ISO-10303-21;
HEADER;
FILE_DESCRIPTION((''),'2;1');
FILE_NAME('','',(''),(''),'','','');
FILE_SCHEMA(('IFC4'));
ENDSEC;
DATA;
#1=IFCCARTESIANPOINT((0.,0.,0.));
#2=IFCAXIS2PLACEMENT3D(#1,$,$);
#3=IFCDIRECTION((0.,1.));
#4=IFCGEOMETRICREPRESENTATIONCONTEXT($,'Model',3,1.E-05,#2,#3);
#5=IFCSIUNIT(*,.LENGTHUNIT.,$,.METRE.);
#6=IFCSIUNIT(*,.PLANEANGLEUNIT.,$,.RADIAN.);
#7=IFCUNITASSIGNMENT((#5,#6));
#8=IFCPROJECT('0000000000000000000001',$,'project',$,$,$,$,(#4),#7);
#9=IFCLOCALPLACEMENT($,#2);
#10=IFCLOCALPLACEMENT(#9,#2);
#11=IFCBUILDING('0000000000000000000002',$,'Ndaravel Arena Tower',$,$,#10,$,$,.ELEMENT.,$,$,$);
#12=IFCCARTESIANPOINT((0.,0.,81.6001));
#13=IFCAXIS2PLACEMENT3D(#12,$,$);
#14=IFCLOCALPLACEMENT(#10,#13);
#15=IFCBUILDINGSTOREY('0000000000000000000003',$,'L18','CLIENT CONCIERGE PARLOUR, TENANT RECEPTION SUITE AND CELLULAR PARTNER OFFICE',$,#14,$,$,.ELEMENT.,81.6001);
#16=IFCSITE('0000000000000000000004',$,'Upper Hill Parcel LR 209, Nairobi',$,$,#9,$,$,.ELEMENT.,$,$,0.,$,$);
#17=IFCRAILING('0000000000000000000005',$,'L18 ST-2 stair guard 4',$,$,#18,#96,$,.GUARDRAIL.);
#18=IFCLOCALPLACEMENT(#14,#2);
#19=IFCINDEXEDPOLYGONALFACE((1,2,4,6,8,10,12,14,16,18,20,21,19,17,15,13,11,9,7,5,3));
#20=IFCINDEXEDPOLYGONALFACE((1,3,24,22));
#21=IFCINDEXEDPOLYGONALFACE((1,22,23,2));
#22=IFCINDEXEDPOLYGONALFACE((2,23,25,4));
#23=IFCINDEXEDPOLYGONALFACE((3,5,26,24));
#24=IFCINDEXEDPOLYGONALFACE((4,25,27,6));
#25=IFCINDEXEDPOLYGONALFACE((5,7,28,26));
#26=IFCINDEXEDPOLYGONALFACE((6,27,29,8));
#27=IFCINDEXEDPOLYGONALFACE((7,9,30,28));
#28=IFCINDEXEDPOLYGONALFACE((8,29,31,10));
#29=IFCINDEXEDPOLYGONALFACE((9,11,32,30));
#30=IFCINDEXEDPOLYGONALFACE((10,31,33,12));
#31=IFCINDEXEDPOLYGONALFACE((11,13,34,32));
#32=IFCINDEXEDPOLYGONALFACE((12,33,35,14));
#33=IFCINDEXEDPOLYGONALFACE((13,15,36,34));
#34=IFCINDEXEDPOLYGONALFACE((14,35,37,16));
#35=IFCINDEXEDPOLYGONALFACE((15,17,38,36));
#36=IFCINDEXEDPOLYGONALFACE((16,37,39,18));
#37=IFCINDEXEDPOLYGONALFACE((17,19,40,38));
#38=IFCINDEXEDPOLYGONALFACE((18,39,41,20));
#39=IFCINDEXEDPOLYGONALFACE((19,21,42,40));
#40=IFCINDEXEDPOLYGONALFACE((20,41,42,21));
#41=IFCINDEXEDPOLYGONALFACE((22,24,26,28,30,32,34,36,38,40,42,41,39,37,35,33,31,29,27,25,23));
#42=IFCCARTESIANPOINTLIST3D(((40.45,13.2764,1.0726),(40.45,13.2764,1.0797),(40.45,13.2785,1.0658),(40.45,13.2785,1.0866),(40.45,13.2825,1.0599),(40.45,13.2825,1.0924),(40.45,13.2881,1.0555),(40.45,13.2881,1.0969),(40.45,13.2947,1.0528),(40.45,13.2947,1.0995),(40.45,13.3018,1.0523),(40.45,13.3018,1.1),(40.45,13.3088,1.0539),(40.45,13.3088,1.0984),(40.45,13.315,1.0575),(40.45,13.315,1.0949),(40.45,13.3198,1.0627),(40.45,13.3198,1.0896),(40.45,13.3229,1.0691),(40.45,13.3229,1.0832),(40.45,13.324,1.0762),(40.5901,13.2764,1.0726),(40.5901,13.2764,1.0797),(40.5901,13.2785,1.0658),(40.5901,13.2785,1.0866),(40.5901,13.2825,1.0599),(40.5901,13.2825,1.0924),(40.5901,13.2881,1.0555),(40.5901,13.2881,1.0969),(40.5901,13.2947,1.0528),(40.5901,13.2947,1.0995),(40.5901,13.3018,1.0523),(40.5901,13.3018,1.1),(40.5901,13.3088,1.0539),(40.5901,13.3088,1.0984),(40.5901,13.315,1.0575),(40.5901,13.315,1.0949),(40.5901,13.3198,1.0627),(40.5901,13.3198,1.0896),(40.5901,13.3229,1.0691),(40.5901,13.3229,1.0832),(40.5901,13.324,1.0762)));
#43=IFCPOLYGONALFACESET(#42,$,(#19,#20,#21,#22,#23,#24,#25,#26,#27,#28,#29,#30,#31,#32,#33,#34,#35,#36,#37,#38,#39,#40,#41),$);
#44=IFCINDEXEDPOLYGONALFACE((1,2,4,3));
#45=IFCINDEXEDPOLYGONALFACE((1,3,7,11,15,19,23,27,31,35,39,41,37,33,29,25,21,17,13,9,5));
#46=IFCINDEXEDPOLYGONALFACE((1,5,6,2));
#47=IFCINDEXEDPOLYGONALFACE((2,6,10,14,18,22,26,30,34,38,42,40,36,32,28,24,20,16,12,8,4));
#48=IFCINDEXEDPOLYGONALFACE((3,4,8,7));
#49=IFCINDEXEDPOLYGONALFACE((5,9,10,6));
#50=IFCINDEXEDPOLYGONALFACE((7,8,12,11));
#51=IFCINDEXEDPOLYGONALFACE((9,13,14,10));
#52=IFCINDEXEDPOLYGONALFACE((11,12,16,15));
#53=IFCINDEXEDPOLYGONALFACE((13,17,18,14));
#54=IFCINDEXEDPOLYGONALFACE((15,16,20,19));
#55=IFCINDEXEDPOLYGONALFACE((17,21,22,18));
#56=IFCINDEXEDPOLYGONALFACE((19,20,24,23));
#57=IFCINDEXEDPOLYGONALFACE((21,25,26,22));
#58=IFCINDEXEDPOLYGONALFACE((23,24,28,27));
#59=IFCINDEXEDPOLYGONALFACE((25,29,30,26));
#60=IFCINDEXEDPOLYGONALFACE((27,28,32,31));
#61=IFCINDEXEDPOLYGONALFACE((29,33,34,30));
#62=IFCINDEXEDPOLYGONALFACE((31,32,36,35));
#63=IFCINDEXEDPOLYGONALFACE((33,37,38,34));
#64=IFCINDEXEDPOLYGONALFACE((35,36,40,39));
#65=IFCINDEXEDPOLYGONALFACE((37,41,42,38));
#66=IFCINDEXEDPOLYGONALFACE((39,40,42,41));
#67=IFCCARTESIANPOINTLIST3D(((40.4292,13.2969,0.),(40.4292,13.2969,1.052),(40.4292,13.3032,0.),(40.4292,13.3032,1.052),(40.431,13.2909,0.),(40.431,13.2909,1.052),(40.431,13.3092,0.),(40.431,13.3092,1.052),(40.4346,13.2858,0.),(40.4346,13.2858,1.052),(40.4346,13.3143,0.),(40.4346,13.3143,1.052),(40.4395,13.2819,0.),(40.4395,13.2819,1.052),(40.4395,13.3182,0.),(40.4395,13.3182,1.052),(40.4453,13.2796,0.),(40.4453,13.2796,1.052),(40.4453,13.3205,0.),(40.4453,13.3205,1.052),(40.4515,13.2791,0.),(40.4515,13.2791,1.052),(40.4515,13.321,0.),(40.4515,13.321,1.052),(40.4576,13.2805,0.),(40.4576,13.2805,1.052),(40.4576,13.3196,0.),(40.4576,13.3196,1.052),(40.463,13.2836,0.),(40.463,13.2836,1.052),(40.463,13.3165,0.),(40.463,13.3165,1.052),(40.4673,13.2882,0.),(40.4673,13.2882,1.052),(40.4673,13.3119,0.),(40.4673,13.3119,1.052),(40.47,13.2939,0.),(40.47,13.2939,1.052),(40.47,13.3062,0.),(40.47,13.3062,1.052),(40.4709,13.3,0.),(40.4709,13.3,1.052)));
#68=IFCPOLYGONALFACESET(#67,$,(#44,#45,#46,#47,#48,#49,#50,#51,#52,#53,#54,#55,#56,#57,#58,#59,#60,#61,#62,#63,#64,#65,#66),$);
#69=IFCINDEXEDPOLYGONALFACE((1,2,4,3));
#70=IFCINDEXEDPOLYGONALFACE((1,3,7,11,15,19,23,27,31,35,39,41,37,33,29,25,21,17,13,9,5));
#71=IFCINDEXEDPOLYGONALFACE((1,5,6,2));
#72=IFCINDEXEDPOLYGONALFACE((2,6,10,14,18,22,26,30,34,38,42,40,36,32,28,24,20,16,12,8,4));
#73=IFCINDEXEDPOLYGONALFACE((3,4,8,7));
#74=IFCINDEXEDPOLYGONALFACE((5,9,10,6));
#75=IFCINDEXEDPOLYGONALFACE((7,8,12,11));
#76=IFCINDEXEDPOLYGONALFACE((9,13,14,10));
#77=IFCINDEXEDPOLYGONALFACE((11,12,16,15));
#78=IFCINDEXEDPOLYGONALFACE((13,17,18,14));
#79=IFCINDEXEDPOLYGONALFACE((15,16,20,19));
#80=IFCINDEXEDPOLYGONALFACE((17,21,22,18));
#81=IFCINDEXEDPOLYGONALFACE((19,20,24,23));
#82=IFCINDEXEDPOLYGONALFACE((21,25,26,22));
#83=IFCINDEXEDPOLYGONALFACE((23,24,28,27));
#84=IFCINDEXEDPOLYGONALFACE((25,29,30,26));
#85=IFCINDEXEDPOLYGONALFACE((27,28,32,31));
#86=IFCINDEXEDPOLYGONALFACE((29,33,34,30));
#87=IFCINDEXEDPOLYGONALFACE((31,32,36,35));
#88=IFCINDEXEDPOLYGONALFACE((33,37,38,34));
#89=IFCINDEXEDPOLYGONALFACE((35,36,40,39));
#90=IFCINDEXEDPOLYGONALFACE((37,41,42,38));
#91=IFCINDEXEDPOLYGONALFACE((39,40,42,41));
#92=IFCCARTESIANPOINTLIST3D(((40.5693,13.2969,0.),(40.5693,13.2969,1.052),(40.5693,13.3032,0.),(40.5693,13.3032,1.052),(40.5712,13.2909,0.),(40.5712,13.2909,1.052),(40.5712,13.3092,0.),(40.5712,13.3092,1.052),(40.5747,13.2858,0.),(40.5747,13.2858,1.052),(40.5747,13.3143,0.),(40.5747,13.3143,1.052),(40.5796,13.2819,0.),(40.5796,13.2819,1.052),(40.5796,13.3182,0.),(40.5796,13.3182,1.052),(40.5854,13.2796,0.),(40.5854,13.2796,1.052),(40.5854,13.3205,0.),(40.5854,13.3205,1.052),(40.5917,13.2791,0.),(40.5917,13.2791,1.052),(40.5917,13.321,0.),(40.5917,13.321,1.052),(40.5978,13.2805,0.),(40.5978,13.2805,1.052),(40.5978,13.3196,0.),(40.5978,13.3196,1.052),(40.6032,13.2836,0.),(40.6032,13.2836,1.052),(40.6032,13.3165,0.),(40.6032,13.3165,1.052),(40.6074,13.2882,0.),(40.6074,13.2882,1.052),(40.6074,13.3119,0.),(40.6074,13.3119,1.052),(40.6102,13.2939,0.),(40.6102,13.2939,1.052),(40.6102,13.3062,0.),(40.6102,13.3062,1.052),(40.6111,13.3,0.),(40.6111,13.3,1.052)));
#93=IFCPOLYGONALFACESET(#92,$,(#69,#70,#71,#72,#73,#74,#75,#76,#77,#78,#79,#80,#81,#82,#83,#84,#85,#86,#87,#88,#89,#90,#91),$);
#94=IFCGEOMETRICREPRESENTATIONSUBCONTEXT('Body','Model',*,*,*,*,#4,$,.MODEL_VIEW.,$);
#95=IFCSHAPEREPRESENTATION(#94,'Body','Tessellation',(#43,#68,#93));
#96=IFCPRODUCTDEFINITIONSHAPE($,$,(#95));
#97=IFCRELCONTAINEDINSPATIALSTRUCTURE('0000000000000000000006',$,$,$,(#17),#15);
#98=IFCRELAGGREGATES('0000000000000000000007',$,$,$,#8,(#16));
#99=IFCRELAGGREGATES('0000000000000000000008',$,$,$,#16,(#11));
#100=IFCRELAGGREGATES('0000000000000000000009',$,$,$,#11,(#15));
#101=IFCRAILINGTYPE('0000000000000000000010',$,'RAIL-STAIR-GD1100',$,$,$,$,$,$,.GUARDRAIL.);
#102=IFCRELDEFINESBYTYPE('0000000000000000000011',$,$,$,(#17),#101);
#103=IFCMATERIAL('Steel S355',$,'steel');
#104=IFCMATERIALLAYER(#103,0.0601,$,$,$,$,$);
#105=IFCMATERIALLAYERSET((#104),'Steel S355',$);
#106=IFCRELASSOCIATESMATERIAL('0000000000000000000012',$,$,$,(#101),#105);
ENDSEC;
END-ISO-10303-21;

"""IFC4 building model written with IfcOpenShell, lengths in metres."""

from ifc_helpers import new_model, si_unit, direction, frame, origin, origin_2d, place, context, subcontext, project, spatial, circle, extrude, material, layer, layer_set, type_object, element, save


model = new_model("IFC4")

# Units and contexts
model_context = context("Model", 3, precision=1e-05, world=origin(), true_north=direction((0.0, 1.0)))
body_context = subcontext(model_context, "Body", "Model", "MODEL_VIEW")
ifc_project = project(units=[si_unit("LENGTHUNIT", "METRE"), si_unit("PLANEANGLEUNIT", "RADIAN")], contexts=[model_context])

# Site, building, storey
site_placement = place(None, origin())
site = spatial("IfcSite", under=ifc_project, at=site_placement, Name="Upper Hill Parcel LR 209, Nairobi", CompositionType="ELEMENT", RefElevation=0.0)
building_placement = place(site_placement, origin())
building = spatial("IfcBuilding", under=site, at=building_placement, Name="Ndaravel Arena Tower", CompositionType="ELEMENT")
storey_placement = place(building_placement, frame((0.0, 0.0, 81.6001)))
storey = spatial("IfcBuildingStorey", under=building, at=storey_placement, Name="L18", Description="CLIENT CONCIERGE PARLOUR, TENANT RECEPTION SUITE AND CELLULAR PARTNER OFFICE", CompositionType="ELEMENT", Elevation=81.6001)

# Railing
ifc_material_1 = material(Name="Steel S355", Category="steel")
ifc_layer_1 = layer(ifc_material_1, 0.0601)
ifc_layer_set_1 = layer_set([ifc_layer_1], Name="Steel S355")
railing_type_1 = type_object("IfcRailingType", Name="RAIL-STAIR-GD1100", PredefinedType="GUARDRAIL", material=ifc_layer_set_1)
railing_1_placement = place(storey_placement, frame((40.45, 13.3, 0.0)))
element("IfcRailing", 1, at=railing_1_placement, inside=storey, type_object=railing_type_1, Name="L18 ST-2 stair guard 4", PredefinedType="GUARDRAIL", context=body_context, shape_type="SweptSolid", body=[
    extrude(circle(Radius=0.0239, at=origin_2d()), frame((0.0, 0.0, 1.0762), z_axis=(1.0, 0.0, 0.0), x_axis=(0.0, 1.0, 0.0)), (0.0, 0.0, 1.0), 0.1401),
    extrude(circle(Radius=0.021, at=origin_2d()), origin(), (0.0, 0.0, 1.0), 1.052),
    extrude(circle(Radius=0.021, at=origin_2d()), frame((0.1401, 0.0, 0.0)), (0.0, 0.0, 1.0), 1.052),
])

save(model, "model.ifc")
